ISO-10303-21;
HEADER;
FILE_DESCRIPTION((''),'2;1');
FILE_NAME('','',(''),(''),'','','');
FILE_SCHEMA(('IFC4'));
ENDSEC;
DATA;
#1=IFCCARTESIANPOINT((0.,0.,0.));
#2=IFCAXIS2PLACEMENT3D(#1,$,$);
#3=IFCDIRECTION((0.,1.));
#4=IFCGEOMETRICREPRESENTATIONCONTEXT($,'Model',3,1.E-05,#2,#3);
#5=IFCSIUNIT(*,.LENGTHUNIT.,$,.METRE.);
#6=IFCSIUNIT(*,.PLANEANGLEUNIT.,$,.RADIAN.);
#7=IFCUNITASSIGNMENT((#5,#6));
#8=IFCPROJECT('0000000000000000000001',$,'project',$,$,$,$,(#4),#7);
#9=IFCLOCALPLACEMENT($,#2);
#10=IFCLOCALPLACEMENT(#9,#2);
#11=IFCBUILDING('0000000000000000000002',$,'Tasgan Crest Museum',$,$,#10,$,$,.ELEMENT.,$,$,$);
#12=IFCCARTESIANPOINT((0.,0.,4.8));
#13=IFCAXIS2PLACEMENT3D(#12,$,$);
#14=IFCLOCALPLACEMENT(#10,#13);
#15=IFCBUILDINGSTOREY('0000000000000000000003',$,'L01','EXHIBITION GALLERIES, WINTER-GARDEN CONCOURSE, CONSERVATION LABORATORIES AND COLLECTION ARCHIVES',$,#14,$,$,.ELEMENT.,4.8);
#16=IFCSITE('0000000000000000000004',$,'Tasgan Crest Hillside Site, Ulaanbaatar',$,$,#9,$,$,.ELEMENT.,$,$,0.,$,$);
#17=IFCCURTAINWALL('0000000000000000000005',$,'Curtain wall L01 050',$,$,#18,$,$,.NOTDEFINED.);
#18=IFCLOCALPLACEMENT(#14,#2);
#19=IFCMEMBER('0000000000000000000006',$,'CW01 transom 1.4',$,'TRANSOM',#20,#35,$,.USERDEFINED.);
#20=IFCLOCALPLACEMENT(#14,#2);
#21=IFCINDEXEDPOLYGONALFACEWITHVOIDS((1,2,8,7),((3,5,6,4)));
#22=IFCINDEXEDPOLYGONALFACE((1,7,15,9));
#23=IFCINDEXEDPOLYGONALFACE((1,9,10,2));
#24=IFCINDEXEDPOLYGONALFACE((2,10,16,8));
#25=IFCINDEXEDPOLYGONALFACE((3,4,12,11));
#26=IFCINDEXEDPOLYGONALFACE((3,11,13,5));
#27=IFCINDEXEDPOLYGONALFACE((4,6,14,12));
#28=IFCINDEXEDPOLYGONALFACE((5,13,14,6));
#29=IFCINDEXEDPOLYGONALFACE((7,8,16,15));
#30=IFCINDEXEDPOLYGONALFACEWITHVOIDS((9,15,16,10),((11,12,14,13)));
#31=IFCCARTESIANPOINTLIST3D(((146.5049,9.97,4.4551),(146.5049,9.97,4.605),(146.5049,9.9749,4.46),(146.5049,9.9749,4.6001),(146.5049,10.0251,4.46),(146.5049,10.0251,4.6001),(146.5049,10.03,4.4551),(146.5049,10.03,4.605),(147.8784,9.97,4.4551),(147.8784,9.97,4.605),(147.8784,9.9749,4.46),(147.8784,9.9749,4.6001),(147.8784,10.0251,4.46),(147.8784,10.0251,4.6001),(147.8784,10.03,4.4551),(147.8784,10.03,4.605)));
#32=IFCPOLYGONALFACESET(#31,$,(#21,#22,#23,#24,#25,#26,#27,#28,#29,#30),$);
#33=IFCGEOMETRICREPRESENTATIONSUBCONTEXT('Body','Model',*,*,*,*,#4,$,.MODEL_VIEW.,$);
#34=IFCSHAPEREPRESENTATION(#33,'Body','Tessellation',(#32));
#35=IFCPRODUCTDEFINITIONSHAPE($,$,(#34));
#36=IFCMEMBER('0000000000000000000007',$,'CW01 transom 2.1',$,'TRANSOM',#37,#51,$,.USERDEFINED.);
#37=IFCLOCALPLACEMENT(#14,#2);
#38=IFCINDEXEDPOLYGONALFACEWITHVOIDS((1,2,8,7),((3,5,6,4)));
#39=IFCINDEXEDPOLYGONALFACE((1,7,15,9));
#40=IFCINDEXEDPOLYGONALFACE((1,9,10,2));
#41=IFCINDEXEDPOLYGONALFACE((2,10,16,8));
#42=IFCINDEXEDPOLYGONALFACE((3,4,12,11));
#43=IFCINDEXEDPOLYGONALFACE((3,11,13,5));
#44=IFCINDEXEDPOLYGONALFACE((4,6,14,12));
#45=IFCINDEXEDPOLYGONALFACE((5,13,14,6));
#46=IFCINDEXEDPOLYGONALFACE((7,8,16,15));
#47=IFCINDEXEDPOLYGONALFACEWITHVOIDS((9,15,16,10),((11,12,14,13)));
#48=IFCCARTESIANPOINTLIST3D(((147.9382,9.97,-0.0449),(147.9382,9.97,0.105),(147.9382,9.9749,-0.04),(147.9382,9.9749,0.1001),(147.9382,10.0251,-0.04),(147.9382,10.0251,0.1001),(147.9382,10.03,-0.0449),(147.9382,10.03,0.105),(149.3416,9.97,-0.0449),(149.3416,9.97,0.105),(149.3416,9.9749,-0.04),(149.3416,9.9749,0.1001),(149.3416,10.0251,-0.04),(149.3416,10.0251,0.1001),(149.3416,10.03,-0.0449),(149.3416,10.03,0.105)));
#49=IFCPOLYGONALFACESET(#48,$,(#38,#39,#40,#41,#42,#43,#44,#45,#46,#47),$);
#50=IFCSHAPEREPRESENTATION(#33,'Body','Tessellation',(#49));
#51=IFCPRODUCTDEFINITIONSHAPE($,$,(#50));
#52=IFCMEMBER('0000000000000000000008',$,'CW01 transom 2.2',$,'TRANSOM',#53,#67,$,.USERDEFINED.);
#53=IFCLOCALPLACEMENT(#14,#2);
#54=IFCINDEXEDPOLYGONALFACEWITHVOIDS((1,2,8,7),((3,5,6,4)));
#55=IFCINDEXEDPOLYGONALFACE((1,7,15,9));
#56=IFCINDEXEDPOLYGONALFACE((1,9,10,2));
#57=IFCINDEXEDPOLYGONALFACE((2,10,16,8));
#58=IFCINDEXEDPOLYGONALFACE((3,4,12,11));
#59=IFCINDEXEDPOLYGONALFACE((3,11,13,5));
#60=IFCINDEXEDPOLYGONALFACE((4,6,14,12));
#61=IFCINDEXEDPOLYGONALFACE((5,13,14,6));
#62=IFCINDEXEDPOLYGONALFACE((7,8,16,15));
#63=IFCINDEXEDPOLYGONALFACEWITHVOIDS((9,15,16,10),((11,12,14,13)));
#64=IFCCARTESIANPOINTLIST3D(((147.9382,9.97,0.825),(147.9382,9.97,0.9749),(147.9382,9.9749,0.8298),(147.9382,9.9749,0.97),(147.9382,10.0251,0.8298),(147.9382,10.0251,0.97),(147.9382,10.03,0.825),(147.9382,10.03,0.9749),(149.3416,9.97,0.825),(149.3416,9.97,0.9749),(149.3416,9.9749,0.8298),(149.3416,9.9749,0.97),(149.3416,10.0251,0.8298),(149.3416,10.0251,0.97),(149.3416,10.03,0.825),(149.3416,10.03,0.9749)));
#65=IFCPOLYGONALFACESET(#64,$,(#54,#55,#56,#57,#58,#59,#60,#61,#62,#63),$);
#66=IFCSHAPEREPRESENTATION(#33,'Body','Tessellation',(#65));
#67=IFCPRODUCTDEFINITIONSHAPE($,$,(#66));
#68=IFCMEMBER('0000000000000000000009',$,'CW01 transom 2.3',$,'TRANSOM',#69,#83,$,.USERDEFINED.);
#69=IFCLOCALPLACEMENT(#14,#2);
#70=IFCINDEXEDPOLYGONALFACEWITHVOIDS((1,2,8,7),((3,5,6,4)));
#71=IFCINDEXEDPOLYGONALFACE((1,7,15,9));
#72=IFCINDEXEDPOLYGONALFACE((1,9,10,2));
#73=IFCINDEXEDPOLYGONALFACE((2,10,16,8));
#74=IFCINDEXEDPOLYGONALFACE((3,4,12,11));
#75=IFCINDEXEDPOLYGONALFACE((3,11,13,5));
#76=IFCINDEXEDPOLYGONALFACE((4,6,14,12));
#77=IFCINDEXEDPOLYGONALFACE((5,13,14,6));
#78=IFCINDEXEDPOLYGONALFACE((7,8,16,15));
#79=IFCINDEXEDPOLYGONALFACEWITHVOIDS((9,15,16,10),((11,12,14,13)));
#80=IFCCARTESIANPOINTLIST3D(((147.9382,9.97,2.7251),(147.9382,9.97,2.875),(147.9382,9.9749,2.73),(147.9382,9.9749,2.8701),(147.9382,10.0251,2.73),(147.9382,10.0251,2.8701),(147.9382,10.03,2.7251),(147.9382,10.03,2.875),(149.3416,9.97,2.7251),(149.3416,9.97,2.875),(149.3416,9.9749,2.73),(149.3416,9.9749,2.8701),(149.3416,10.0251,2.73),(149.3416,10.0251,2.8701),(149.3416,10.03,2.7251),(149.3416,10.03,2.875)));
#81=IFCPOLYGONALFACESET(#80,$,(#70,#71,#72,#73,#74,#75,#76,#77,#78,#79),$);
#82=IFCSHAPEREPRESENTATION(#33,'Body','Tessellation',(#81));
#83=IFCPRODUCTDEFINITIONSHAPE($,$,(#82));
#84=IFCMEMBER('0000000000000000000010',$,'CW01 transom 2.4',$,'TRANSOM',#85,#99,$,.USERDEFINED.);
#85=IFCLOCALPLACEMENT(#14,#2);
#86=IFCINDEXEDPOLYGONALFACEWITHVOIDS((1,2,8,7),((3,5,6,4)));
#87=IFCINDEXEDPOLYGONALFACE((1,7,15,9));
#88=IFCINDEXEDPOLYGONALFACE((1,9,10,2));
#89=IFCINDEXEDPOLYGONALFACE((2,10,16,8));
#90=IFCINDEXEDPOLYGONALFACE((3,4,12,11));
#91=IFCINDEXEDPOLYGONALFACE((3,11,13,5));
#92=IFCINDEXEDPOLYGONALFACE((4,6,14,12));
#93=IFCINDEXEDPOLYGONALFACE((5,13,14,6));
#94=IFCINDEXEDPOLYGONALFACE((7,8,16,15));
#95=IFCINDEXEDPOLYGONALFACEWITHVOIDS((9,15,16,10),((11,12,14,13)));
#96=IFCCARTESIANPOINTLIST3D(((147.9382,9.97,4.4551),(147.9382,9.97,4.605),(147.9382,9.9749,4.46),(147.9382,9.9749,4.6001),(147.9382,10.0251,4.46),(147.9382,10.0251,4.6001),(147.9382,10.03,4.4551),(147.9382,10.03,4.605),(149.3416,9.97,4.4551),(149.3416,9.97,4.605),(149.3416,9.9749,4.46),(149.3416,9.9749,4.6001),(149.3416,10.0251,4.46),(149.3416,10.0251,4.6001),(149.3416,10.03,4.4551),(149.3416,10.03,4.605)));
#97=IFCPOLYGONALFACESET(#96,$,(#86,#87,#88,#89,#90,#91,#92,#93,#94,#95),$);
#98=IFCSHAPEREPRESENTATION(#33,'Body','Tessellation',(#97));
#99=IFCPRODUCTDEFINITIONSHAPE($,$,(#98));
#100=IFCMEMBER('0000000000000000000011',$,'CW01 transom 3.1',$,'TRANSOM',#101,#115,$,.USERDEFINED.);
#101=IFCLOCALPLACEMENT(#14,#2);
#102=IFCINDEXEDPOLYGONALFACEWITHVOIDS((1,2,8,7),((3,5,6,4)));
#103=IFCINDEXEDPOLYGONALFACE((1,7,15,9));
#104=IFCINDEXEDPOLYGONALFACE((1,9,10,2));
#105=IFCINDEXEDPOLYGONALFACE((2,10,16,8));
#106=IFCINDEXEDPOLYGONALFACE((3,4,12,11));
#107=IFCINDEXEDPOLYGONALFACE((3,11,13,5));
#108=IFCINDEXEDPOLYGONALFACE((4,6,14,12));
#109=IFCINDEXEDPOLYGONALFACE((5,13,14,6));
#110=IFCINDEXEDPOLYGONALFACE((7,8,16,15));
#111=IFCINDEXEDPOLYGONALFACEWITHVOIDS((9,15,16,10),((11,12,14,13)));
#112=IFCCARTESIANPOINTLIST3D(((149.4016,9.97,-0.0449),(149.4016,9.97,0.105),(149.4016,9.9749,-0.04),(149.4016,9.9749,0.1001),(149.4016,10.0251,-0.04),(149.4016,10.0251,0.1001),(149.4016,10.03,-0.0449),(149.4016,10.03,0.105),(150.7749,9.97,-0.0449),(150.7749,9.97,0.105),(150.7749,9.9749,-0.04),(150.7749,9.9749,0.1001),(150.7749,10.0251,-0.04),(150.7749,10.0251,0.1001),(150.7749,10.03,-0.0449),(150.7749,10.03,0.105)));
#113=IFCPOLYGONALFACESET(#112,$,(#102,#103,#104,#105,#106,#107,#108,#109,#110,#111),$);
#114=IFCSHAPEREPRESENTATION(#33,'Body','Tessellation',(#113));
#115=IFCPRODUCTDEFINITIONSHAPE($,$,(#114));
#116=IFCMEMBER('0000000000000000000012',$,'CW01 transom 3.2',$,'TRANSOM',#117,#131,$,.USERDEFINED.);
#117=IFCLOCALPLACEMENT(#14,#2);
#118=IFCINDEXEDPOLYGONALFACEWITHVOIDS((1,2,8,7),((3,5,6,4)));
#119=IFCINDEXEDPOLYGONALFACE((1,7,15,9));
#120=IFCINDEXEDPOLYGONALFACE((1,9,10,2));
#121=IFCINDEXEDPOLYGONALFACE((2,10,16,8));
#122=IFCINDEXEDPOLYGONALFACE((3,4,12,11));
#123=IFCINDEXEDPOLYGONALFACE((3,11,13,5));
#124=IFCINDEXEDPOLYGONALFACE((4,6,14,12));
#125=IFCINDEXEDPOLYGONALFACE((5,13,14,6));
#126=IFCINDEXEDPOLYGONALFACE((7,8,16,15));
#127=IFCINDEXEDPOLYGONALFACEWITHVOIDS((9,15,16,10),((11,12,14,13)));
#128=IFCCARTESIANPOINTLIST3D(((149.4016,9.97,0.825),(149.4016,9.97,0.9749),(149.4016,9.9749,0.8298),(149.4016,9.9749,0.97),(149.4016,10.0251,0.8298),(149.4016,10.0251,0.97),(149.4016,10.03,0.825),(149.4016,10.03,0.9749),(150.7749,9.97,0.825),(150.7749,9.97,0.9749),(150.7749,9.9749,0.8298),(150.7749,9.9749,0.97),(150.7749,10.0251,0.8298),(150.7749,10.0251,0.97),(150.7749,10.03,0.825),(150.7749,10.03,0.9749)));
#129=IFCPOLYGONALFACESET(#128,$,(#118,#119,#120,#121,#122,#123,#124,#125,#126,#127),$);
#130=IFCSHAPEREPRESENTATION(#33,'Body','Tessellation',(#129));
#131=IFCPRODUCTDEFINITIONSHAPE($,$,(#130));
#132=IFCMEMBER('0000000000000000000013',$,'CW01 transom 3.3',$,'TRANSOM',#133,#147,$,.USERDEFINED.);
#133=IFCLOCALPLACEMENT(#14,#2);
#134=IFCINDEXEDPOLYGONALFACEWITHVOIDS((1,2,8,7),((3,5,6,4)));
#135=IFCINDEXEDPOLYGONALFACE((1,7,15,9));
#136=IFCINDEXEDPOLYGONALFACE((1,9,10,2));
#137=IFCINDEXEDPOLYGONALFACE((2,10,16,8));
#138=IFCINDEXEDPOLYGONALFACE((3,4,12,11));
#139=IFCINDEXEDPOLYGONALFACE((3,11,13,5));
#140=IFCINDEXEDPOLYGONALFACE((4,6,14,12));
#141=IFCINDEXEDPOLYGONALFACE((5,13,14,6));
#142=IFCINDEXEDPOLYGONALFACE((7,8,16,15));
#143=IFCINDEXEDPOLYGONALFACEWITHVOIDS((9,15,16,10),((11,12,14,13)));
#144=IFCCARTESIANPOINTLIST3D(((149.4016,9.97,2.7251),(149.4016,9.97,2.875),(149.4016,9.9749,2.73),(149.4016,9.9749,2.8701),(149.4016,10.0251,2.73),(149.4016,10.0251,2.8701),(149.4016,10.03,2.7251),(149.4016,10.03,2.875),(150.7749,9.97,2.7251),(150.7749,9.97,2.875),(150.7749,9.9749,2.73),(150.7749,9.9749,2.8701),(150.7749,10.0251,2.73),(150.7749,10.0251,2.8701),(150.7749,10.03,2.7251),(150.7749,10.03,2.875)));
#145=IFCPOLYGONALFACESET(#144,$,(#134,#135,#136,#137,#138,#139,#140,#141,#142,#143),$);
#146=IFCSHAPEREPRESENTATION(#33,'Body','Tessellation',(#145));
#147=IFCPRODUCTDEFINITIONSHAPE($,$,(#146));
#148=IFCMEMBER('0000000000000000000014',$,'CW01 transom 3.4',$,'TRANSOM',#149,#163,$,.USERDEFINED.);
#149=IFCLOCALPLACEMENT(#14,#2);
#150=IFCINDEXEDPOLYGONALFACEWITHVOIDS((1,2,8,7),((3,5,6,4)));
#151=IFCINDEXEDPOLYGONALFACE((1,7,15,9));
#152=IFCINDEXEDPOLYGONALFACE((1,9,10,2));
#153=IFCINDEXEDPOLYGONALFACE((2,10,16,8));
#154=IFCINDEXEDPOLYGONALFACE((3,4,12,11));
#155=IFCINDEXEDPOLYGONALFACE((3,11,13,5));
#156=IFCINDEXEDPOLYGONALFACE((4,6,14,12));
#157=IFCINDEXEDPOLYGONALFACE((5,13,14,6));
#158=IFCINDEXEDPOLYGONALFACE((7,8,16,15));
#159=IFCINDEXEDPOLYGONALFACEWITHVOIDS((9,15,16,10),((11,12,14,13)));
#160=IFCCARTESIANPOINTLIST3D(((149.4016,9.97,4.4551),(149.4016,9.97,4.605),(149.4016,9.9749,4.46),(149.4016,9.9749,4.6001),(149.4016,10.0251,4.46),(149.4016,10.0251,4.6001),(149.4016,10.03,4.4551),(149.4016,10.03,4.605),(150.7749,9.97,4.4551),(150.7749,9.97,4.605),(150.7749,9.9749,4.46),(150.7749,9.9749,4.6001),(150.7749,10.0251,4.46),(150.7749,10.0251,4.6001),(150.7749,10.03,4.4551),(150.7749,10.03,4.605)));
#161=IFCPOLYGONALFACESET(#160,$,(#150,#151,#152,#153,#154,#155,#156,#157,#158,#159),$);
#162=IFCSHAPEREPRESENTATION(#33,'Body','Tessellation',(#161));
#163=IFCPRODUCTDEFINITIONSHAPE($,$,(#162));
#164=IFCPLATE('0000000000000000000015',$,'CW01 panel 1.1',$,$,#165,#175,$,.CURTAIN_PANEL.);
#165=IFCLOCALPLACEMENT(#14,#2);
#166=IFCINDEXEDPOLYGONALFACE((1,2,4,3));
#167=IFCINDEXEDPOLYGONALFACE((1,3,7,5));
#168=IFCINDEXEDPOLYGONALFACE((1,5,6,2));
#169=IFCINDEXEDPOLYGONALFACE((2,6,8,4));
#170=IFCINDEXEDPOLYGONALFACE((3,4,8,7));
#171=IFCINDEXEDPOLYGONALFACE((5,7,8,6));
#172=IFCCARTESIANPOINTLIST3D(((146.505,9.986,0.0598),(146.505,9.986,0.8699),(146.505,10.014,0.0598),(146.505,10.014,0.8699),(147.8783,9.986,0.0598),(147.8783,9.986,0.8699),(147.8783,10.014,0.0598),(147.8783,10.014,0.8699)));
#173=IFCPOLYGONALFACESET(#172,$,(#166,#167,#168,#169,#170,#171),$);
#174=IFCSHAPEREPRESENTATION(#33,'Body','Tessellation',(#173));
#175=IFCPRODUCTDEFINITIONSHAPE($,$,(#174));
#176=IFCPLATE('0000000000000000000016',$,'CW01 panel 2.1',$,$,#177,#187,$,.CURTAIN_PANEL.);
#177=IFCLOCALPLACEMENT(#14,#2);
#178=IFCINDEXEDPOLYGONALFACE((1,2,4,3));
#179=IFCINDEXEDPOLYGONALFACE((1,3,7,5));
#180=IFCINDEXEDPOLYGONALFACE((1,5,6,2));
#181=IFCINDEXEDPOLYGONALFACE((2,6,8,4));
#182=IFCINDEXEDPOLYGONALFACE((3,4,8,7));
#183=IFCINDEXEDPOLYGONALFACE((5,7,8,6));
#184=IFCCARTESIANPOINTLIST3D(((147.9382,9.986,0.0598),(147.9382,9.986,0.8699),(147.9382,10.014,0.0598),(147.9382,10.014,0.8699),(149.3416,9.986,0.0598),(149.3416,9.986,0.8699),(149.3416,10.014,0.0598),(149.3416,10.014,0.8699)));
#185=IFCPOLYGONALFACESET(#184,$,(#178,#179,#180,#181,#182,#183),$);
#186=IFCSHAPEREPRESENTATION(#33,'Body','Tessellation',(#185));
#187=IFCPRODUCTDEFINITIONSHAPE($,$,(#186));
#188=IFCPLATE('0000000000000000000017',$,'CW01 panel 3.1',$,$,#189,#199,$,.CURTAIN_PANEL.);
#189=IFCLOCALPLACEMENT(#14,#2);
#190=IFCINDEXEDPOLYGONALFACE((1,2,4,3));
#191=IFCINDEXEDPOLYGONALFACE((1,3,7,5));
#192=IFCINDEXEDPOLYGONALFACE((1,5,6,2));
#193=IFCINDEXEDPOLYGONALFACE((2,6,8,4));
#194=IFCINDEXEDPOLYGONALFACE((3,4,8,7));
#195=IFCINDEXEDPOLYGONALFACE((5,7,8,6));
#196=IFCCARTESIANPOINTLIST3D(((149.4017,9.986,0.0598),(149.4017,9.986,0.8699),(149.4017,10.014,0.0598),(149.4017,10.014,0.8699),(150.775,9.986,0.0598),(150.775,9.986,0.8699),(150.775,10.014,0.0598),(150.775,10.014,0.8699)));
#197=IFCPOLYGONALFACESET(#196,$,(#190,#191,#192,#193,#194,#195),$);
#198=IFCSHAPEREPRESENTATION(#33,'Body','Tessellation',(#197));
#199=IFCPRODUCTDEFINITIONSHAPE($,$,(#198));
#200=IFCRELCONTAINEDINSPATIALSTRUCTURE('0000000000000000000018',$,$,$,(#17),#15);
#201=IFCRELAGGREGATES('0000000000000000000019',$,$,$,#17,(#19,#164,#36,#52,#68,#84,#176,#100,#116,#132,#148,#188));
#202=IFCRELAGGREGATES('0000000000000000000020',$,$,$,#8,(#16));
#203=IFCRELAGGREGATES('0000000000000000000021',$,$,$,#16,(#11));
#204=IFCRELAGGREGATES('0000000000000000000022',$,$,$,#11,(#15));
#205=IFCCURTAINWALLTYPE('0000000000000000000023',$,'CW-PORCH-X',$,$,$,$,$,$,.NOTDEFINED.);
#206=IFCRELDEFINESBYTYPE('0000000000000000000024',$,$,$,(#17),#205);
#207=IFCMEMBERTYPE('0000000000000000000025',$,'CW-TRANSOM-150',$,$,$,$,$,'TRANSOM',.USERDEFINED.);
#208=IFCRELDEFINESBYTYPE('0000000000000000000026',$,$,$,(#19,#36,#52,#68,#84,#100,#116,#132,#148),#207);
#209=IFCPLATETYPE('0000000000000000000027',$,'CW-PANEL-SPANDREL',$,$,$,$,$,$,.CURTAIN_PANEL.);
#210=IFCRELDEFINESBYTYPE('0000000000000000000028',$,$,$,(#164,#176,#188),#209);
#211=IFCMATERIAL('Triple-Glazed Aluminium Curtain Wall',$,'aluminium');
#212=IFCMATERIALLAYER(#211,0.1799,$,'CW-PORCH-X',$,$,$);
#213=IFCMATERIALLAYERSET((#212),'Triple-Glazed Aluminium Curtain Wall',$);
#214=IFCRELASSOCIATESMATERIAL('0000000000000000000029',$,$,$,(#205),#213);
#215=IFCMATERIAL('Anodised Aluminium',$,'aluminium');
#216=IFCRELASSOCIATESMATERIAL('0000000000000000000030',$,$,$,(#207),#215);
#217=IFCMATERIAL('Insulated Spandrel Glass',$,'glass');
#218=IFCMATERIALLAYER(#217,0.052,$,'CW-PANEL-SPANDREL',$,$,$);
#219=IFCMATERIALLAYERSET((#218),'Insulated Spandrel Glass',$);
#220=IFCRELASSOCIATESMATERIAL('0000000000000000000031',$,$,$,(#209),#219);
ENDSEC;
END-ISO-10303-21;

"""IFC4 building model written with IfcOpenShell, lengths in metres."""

from ifc_helpers import new_model, si_unit, direction, frame, origin, origin_2d, place, context, subcontext, project, spatial, rectangle, hollow_rectangle, extrude, material, layer, layer_set, material_profile, profile_set, type_object, element, aggregate, save


model = new_model("IFC4")

# Units and contexts
model_context = context("Model", 3, precision=1e-05, world=origin(), true_north=direction((0.0, 1.0)))
body_context = subcontext(model_context, "Body", "Model", "MODEL_VIEW")
ifc_project = project(units=[si_unit("LENGTHUNIT", "METRE"), si_unit("PLANEANGLEUNIT", "RADIAN")], contexts=[model_context])

# Site, building, storey
site_placement = place(None, origin())
site = spatial("IfcSite", under=ifc_project, at=site_placement, Name="Tasgan Crest Hillside Site, Ulaanbaatar", CompositionType="ELEMENT", RefElevation=0.0)
building_placement = place(site_placement, origin())
building = spatial("IfcBuilding", under=site, at=building_placement, Name="Tasgan Crest Museum", CompositionType="ELEMENT")
storey_placement = place(building_placement, frame((0.0, 0.0, 4.8)))
storey = spatial("IfcBuildingStorey", under=building, at=storey_placement, Name="L01", Description="EXHIBITION GALLERIES, WINTER-GARDEN CONCOURSE, CONSERVATION LABORATORIES AND COLLECTION ARCHIVES", CompositionType="ELEMENT", Elevation=4.8)

# Curtain wall, members, plates
ifc_material_1 = material(Name="Triple-Glazed Aluminium Curtain Wall", Category="aluminium")
ifc_layer_1 = layer(ifc_material_1, 0.1799, Name="CW-PORCH-X")
ifc_layer_set_1 = layer_set([ifc_layer_1], Name="Triple-Glazed Aluminium Curtain Wall")
curtain_wall_type = type_object("IfcCurtainWallType", Name="CW-PORCH-X", PredefinedType="NOTDEFINED", material=ifc_layer_set_1)
curtain_wall_placement = place(storey_placement, origin())
curtain_wall = element("IfcCurtainWall", 1, at=curtain_wall_placement, inside=storey, type_object=curtain_wall_type, Name="Curtain wall L01 050", PredefinedType="NOTDEFINED")
ifc_material_2 = material(Name="Anodised Aluminium", Category="aluminium")
ifc_material_profile_1 = material_profile(ifc_material_2, hollow_rectangle(XDim=0.0601, YDim=0.1499, WallThickness=0.0049, at=origin_2d()), Name="ALU TRANSOM 150x60x5")
ifc_profile_set_1 = profile_set([ifc_material_profile_1], Name="Anodised Aluminium")
member_type_1 = type_object("IfcMemberType", Name="CW-TRANSOM-150", ElementType="TRANSOM", PredefinedType="USERDEFINED", material=ifc_profile_set_1)
member_1_placement = place(storey_placement, frame((146.5049, 10.0, 4.53), z_axis=(1.0, 0.0, 0.0), x_axis=(0.0, 1.0, 0.0)))
member_1 = element("IfcMember", 2, at=member_1_placement, type_object=member_type_1, Name="CW01 transom 1.4", ObjectType="TRANSOM", PredefinedType="USERDEFINED", context=body_context, shape_type="SweptSolid", body=[
    extrude(hollow_rectangle(XDim=0.0601, YDim=0.1499, WallThickness=0.0049, at=origin_2d()), origin(), (0.0, 0.0, 1.0), 1.3735),
])
member_2_placement = place(storey_placement, frame((147.9382, 10.0, 0.03), z_axis=(1.0, 0.0, 0.0), x_axis=(0.0, 1.0, 0.0)))
member_2 = element("IfcMember", 3, at=member_2_placement, type_object=member_type_1, Name="CW01 transom 2.1", ObjectType="TRANSOM", PredefinedType="USERDEFINED", context=body_context, shape_type="SweptSolid", body=[
    extrude(hollow_rectangle(XDim=0.0601, YDim=0.1499, WallThickness=0.0049, at=origin_2d()), origin(), (0.0, 0.0, 1.0), 1.4033),
])
member_3_placement = place(storey_placement, frame((147.9382, 10.0, 0.8999), z_axis=(1.0, 0.0, 0.0), x_axis=(0.0, 1.0, 0.0)))
member_3 = element("IfcMember", 4, at=member_3_placement, type_object=member_type_1, Name="CW01 transom 2.2", ObjectType="TRANSOM", PredefinedType="USERDEFINED", context=body_context, shape_type="SweptSolid", body=[
    extrude(hollow_rectangle(XDim=0.0601, YDim=0.1499, WallThickness=0.0049, at=origin_2d()), origin(), (0.0, 0.0, 1.0), 1.4033),
])
member_4_placement = place(storey_placement, frame((147.9382, 10.0, 2.8), z_axis=(1.0, 0.0, 0.0), x_axis=(0.0, 1.0, 0.0)))
member_4 = element("IfcMember", 5, at=member_4_placement, type_object=member_type_1, Name="CW01 transom 2.3", ObjectType="TRANSOM", PredefinedType="USERDEFINED", context=body_context, shape_type="SweptSolid", body=[
    extrude(hollow_rectangle(XDim=0.0601, YDim=0.1499, WallThickness=0.0049, at=origin_2d()), origin(), (0.0, 0.0, 1.0), 1.4033),
])
member_5_placement = place(storey_placement, frame((147.9382, 10.0, 4.53), z_axis=(1.0, 0.0, 0.0), x_axis=(0.0, 1.0, 0.0)))
member_5 = element("IfcMember", 6, at=member_5_placement, type_object=member_type_1, Name="CW01 transom 2.4", ObjectType="TRANSOM", PredefinedType="USERDEFINED", context=body_context, shape_type="SweptSolid", body=[
    extrude(hollow_rectangle(XDim=0.0601, YDim=0.1499, WallThickness=0.0049, at=origin_2d()), origin(), (0.0, 0.0, 1.0), 1.4033),
])
member_6_placement = place(storey_placement, frame((149.4016, 10.0, 0.03), z_axis=(1.0, 0.0, 0.0), x_axis=(0.0, 1.0, 0.0)))
member_6 = element("IfcMember", 7, at=member_6_placement, type_object=member_type_1, Name="CW01 transom 3.1", ObjectType="TRANSOM", PredefinedType="USERDEFINED", context=body_context, shape_type="SweptSolid", body=[
    extrude(hollow_rectangle(XDim=0.0601, YDim=0.1499, WallThickness=0.0049, at=origin_2d()), origin(), (0.0, 0.0, 1.0), 1.3733),
])
member_7_placement = place(storey_placement, frame((149.4016, 10.0, 0.8999), z_axis=(1.0, 0.0, 0.0), x_axis=(0.0, 1.0, 0.0)))
member_7 = element("IfcMember", 8, at=member_7_placement, type_object=member_type_1, Name="CW01 transom 3.2", ObjectType="TRANSOM", PredefinedType="USERDEFINED", context=body_context, shape_type="SweptSolid", body=[
    extrude(hollow_rectangle(XDim=0.0601, YDim=0.1499, WallThickness=0.0049, at=origin_2d()), origin(), (0.0, 0.0, 1.0), 1.3733),
])
member_8_placement = place(storey_placement, frame((149.4016, 10.0, 2.8), z_axis=(1.0, 0.0, 0.0), x_axis=(0.0, 1.0, 0.0)))
member_8 = element("IfcMember", 9, at=member_8_placement, type_object=member_type_1, Name="CW01 transom 3.3", ObjectType="TRANSOM", PredefinedType="USERDEFINED", context=body_context, shape_type="SweptSolid", body=[
    extrude(hollow_rectangle(XDim=0.0601, YDim=0.1499, WallThickness=0.0049, at=origin_2d()), origin(), (0.0, 0.0, 1.0), 1.3733),
])
member_9_placement = place(storey_placement, frame((149.4016, 10.0, 4.53), z_axis=(1.0, 0.0, 0.0), x_axis=(0.0, 1.0, 0.0)))
member_9 = element("IfcMember", 10, at=member_9_placement, type_object=member_type_1, Name="CW01 transom 3.4", ObjectType="TRANSOM", PredefinedType="USERDEFINED", context=body_context, shape_type="SweptSolid", body=[
    extrude(hollow_rectangle(XDim=0.0601, YDim=0.1499, WallThickness=0.0049, at=origin_2d()), origin(), (0.0, 0.0, 1.0), 1.3733),
])
ifc_material_3 = material(Name="Insulated Spandrel Glass", Category="glass")
ifc_layer_2 = layer(ifc_material_3, 0.052, Name="CW-PANEL-SPANDREL")
ifc_layer_set_2 = layer_set([ifc_layer_2], Name="Insulated Spandrel Glass")
plate_type_1 = type_object("IfcPlateType", Name="CW-PANEL-SPANDREL", PredefinedType="CURTAIN_PANEL", material=ifc_layer_set_2)
plate_1_placement = place(storey_placement, frame((147.1917, 10.0, 0.0598), z_axis=(0.0, 0.0, 1.0), x_axis=(1.0, 0.0, 0.0)))
plate_1 = element("IfcPlate", 11, at=plate_1_placement, type_object=plate_type_1, Name="CW01 panel 1.1", PredefinedType="CURTAIN_PANEL", context=body_context, shape_type="SweptSolid", body=[
    extrude(rectangle(XDim=1.3733, YDim=0.0281, at=origin_2d()), origin(), (0.0, 0.0, 1.0), 0.8101),
])
plate_2_placement = place(storey_placement, frame((148.6399, 10.0, 0.0598), z_axis=(0.0, 0.0, 1.0), x_axis=(1.0, 0.0, 0.0)))
plate_2 = element("IfcPlate", 12, at=plate_2_placement, type_object=plate_type_1, Name="CW01 panel 2.1", PredefinedType="CURTAIN_PANEL", context=body_context, shape_type="SweptSolid", body=[
    extrude(rectangle(XDim=1.4033, YDim=0.0281, at=origin_2d()), origin(), (0.0, 0.0, 1.0), 0.8101),
])
plate_3_placement = place(storey_placement, frame((150.0884, 10.0, 0.0598), z_axis=(0.0, 0.0, 1.0), x_axis=(1.0, 0.0, 0.0)))
plate_3 = element("IfcPlate", 13, at=plate_3_placement, type_object=plate_type_1, Name="CW01 panel 3.1", PredefinedType="CURTAIN_PANEL", context=body_context, shape_type="SweptSolid", body=[
    extrude(rectangle(XDim=1.3733, YDim=0.0281, at=origin_2d()), origin(), (0.0, 0.0, 1.0), 0.8101),
])
aggregate(curtain_wall, [member_1, plate_1, member_2, member_3, member_4, member_5, plate_2, member_6, member_7, member_8, member_9, plate_3])

save(model, "model.ifc")
